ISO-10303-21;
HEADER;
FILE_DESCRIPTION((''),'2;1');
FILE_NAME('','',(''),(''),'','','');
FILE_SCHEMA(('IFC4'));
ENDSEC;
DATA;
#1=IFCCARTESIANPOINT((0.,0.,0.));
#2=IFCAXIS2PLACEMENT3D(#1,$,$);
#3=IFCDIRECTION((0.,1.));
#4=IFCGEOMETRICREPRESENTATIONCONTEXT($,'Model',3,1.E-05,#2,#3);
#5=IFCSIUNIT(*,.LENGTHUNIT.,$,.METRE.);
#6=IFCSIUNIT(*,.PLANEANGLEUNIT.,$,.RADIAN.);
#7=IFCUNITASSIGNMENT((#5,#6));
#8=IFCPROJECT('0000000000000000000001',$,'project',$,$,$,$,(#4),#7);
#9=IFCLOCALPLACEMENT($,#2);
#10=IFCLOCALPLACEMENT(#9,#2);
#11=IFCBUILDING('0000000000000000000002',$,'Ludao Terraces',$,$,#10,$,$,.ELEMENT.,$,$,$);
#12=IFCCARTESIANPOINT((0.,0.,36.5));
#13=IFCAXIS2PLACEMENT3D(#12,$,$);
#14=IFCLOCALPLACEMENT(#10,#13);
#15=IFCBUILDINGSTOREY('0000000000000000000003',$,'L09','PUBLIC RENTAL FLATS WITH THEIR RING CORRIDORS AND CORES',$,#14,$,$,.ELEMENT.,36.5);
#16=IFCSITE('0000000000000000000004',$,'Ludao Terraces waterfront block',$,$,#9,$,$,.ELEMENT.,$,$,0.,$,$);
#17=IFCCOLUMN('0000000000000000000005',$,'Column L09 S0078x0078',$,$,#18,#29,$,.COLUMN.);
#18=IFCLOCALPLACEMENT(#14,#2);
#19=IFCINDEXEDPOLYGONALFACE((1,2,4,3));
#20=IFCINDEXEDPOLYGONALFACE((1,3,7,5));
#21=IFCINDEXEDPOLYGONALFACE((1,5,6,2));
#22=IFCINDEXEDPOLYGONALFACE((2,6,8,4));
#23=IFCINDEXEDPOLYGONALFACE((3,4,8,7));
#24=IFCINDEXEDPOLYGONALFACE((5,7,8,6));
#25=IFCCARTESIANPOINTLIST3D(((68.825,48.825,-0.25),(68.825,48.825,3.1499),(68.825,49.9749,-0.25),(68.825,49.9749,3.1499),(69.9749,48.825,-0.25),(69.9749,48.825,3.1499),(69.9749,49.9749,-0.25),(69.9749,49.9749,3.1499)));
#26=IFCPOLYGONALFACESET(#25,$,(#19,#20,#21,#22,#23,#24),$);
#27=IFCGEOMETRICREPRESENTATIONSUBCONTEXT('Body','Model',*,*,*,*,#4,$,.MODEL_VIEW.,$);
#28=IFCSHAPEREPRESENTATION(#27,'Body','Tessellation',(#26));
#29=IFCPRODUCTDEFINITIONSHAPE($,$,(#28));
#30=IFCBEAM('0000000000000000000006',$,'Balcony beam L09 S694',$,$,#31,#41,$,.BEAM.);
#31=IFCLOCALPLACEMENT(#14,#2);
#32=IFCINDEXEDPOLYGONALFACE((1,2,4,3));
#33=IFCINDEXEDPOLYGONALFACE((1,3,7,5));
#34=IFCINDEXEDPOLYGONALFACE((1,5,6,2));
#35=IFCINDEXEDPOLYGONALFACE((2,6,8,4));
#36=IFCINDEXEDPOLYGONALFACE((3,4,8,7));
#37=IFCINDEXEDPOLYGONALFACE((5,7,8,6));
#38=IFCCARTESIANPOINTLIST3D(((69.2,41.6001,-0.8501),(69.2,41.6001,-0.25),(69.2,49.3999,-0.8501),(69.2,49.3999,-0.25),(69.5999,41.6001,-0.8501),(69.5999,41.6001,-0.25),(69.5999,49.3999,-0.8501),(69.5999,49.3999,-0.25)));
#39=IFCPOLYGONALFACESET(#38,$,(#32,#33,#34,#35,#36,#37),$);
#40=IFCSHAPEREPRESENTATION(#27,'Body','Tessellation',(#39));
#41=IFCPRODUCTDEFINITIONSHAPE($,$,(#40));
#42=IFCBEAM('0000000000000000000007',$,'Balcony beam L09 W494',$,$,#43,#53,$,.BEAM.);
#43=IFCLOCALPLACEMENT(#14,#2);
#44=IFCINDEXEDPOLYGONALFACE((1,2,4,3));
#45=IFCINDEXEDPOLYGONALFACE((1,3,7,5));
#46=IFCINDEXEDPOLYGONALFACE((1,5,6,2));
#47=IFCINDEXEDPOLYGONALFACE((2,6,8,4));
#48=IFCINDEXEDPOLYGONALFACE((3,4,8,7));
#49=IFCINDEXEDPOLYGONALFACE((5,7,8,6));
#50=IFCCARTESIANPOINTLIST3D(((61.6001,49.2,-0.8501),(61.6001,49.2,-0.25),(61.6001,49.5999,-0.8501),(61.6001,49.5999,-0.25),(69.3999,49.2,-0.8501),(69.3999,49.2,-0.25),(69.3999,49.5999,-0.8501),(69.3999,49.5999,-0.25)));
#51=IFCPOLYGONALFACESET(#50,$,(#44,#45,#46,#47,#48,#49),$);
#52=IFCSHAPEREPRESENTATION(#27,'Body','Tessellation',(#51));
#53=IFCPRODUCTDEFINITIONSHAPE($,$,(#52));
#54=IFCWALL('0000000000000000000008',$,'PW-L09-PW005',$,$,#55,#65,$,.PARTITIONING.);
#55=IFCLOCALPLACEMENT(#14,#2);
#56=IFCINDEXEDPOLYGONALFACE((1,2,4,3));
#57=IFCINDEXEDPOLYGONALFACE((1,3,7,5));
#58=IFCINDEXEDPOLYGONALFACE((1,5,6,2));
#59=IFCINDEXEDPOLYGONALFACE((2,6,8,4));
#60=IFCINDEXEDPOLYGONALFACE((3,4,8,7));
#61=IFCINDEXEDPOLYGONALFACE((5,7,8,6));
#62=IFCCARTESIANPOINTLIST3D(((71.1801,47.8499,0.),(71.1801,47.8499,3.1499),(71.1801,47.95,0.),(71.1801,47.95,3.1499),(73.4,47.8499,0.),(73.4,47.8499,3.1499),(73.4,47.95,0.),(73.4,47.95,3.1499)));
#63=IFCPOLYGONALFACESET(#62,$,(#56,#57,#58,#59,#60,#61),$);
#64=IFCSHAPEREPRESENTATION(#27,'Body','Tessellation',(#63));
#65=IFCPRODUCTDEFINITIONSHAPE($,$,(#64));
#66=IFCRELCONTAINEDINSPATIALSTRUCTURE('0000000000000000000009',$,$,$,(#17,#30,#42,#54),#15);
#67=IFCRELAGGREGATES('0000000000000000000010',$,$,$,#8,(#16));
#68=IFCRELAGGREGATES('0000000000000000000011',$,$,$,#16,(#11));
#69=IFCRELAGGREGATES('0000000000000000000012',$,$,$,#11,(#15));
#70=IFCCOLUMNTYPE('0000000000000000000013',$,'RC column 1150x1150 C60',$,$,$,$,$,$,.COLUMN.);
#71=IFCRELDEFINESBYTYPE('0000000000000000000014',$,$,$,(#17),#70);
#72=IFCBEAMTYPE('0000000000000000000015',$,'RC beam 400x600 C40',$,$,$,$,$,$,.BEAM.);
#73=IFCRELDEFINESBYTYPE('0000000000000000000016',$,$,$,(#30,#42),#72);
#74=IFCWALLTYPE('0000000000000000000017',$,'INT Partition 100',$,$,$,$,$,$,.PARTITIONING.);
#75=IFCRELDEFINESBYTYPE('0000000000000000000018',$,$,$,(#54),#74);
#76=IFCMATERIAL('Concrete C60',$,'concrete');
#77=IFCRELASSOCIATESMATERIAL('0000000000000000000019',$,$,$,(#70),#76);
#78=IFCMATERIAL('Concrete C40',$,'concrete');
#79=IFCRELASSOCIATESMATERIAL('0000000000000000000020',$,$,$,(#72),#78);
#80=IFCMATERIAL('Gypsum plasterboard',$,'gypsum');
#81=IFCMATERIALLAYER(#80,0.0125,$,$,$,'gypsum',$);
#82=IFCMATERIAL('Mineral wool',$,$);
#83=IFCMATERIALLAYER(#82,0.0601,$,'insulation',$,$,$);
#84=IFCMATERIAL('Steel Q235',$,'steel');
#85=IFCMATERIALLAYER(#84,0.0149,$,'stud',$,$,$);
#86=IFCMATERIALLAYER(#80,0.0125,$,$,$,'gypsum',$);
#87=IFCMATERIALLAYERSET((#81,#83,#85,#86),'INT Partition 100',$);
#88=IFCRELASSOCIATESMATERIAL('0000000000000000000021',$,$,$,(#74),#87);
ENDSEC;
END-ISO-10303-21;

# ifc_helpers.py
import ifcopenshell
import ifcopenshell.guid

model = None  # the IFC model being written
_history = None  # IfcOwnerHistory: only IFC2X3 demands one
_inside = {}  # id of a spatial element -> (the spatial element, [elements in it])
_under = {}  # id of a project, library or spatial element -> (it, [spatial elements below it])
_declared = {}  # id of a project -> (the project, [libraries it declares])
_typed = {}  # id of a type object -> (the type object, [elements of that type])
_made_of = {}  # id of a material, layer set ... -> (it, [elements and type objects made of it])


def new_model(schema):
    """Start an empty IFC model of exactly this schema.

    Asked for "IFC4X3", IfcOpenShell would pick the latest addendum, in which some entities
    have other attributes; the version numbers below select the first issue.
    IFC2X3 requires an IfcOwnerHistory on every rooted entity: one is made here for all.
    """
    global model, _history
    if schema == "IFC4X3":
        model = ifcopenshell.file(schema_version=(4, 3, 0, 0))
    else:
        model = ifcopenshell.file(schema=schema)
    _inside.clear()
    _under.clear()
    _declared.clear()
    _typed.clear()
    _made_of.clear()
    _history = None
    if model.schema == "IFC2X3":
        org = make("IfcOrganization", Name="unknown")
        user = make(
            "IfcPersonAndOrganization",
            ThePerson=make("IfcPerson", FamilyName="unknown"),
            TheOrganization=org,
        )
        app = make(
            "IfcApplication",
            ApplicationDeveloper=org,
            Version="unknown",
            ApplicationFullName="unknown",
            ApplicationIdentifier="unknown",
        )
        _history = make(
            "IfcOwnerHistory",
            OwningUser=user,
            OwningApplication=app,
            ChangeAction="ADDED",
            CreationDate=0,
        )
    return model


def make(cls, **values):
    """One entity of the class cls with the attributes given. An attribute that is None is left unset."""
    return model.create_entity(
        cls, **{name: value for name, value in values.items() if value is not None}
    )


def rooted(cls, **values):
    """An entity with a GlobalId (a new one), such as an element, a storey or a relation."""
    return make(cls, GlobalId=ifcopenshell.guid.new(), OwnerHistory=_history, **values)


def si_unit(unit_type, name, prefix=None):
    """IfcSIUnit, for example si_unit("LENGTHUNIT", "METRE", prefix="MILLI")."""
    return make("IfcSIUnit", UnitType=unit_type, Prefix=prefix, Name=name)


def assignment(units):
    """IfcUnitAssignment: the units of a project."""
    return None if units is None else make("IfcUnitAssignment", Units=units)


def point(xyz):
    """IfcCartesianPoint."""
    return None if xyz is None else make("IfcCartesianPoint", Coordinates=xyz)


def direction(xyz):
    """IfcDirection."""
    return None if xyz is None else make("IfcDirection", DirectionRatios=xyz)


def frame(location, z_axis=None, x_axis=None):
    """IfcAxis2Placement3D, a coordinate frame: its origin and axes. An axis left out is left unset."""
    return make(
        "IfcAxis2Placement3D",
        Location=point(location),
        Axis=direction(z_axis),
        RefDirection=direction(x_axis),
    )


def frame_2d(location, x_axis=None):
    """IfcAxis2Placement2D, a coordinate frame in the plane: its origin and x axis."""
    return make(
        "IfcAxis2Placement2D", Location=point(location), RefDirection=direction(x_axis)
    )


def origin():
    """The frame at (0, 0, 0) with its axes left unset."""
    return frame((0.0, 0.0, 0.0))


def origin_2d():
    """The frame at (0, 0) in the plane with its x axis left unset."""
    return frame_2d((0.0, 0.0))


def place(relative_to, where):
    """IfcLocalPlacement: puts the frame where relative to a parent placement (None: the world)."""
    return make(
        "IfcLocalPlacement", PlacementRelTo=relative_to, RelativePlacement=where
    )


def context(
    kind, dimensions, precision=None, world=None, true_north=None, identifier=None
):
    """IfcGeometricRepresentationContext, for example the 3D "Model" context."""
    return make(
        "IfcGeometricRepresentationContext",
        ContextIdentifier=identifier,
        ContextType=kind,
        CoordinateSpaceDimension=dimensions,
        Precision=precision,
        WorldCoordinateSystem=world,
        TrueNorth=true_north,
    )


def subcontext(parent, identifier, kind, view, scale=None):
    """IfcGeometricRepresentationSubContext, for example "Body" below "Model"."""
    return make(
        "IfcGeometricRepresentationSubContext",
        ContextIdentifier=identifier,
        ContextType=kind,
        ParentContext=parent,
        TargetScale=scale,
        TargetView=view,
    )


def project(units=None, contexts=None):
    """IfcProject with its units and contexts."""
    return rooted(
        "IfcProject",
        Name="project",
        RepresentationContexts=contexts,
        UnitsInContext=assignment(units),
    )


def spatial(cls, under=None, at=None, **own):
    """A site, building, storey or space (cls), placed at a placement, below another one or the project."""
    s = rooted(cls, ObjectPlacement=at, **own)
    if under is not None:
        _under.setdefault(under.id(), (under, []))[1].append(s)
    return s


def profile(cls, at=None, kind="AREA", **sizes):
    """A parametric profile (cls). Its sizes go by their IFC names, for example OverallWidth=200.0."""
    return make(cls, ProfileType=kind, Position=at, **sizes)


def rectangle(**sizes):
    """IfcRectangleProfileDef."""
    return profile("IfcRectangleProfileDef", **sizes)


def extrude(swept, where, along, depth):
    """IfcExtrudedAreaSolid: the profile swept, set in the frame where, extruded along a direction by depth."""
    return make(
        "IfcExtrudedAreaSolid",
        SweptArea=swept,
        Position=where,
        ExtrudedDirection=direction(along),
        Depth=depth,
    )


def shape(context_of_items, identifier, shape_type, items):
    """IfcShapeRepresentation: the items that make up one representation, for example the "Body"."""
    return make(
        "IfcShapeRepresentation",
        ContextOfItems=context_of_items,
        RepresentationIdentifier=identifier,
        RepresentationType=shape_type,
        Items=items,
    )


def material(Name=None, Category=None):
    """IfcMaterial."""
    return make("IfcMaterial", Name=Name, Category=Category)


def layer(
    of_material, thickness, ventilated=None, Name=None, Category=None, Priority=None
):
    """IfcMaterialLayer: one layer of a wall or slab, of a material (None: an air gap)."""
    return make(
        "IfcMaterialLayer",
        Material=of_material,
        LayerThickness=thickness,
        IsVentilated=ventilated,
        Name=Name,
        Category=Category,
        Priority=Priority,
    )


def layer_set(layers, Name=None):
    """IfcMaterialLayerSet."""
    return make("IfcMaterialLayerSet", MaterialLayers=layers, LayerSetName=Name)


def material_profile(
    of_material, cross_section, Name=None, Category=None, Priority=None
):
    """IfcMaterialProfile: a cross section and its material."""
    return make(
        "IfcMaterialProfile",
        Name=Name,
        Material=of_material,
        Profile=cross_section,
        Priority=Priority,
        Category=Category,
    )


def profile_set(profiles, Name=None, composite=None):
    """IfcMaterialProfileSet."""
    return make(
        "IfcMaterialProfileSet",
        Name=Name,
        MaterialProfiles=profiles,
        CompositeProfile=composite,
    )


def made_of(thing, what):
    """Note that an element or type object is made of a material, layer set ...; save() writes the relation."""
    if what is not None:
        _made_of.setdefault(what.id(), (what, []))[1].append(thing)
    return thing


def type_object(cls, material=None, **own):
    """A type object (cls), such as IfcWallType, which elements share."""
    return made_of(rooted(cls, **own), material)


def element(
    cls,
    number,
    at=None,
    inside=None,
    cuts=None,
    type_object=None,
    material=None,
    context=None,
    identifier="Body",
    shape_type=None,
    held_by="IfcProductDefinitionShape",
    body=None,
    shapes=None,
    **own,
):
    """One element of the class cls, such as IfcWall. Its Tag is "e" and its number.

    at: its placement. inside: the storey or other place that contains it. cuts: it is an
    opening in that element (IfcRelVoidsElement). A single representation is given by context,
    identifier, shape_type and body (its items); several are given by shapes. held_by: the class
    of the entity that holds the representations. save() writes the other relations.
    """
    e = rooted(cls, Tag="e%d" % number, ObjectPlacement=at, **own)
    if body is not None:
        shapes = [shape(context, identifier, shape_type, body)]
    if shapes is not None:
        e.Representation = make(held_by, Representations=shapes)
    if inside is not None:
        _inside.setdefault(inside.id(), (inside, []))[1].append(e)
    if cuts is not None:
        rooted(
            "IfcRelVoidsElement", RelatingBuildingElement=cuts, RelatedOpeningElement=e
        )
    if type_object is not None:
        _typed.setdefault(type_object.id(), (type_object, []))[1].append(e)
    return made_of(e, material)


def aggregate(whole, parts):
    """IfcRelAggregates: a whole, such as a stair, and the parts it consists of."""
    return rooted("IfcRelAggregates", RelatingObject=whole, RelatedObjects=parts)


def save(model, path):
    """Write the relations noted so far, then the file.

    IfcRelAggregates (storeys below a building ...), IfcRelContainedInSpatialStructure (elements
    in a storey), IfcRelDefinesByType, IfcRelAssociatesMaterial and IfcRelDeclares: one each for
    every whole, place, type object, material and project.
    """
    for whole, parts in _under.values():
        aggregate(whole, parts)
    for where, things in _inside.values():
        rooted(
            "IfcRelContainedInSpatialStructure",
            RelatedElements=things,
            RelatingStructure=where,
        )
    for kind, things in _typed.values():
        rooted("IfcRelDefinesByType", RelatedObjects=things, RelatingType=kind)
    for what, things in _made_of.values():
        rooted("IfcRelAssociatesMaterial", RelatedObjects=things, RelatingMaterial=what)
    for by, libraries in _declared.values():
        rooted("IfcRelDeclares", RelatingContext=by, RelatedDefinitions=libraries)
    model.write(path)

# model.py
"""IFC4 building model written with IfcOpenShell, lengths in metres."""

from ifc_helpers import new_model, si_unit, direction, frame, frame_2d, origin, origin_2d, place, context, subcontext, project, spatial, rectangle, extrude, material, layer, layer_set, material_profile, profile_set, type_object, element, save


model = new_model("IFC4")

# Units and contexts
model_context = context("Model", 3, precision=1e-05, world=origin(), true_north=direction((0.0, 1.0)))
body_context = subcontext(model_context, "Body", "Model", "MODEL_VIEW")
ifc_project = project(units=[si_unit("LENGTHUNIT", "METRE"), si_unit("PLANEANGLEUNIT", "RADIAN")], contexts=[model_context])

# Site, building, storey
site_placement = place(None, origin())
site = spatial("IfcSite", under=ifc_project, at=site_placement, Name="Ludao Terraces waterfront block", CompositionType="ELEMENT", RefElevation=0.0)
building_placement = place(site_placement, origin())
building = spatial("IfcBuilding", under=site, at=building_placement, Name="Ludao Terraces", CompositionType="ELEMENT")
storey_placement = place(building_placement, frame((0.0, 0.0, 36.5)))
storey = spatial("IfcBuildingStorey", under=building, at=storey_placement, Name="L09", Description="PUBLIC RENTAL FLATS WITH THEIR RING CORRIDORS AND CORES", CompositionType="ELEMENT", Elevation=36.5)

# Column
ifc_material_1 = material(Name="Concrete C60", Category="concrete")
ifc_material_profile_1 = material_profile(ifc_material_1, rectangle(XDim=1.1499, YDim=1.1499, at=origin_2d()), Name="1150 X 1150")
ifc_profile_set_1 = profile_set([ifc_material_profile_1], Name="Concrete C60")
column_type = type_object("IfcColumnType", Name="RC column 1150x1150 C60", PredefinedType="COLUMN", material=ifc_profile_set_1)
column_placement = place(storey_placement, frame((69.3999, 49.3999, -0.25), z_axis=(0.0, 0.0, 1.0), x_axis=(1.0, 0.0, 0.0)))
element("IfcColumn", 1, at=column_placement, inside=storey, type_object=column_type, Name="Column L09 S0078x0078", PredefinedType="COLUMN", context=body_context, shape_type="SweptSolid", body=[
    extrude(rectangle(XDim=1.1499, YDim=1.1499, at=origin_2d()), origin(), (0.0, 0.0, 1.0), 3.3999),
])

# Beams
ifc_material_2 = material(Name="Concrete C40", Category="concrete")
ifc_material_profile_2 = material_profile(ifc_material_2, rectangle(XDim=0.3999, YDim=0.6001, at=origin_2d()), Name="400 X 600")
ifc_profile_set_2 = profile_set([ifc_material_profile_2], Name="Concrete C40")
beam_type = type_object("IfcBeamType", Name="RC beam 400x600 C40", PredefinedType="BEAM", material=ifc_profile_set_2)
for number, where, z_axis, x_axis, name in (
    (2, (69.3999, 49.3999, -0.55), (0.0, -1.0, 0.0), (1.0, 0.0, 0.0), "Balcony beam L09 S694"),
    (3, (69.3999, 49.3999, -0.55), (-1.0, 0.0, 0.0), (0.0, -1.0, 0.0), "Balcony beam L09 W494"),
):
    element("IfcBeam", number, at=place(storey_placement, frame(where, z_axis=z_axis, x_axis=x_axis)), inside=storey, type_object=beam_type, Name=name, PredefinedType="BEAM", context=body_context, shape_type="SweptSolid", body=[
        extrude(rectangle(XDim=0.3999, YDim=0.6001, at=origin_2d()), origin(), (0.0, 0.0, 1.0), 7.7998),
    ])

# Wall
ifc_material_3 = material(Name="Gypsum plasterboard", Category="gypsum")
ifc_layer_1 = layer(ifc_material_3, 0.0125, Category="gypsum")
ifc_material_4 = material(Name="Mineral wool")
ifc_layer_2 = layer(ifc_material_4, 0.0601, Name="insulation")
ifc_material_5 = material(Name="Steel Q235", Category="steel")
ifc_layer_3 = layer(ifc_material_5, 0.0149, Name="stud")
ifc_layer_4 = layer(ifc_material_3, 0.0125, Category="gypsum")
ifc_layer_set = layer_set([ifc_layer_1, ifc_layer_2, ifc_layer_3, ifc_layer_4], Name="INT Partition 100")
wall_type = type_object("IfcWallType", Name="INT Partition 100", PredefinedType="PARTITIONING", material=ifc_layer_set)
wall_placement = place(storey_placement, frame((71.1802, 47.8999, 0.0), z_axis=(0.0, 0.0, 1.0), x_axis=(1.0, 0.0, 0.0)))
element("IfcWall", 4, at=wall_placement, inside=storey, type_object=wall_type, Name="PW-L09-PW005", PredefinedType="PARTITIONING", context=body_context, shape_type="SweptSolid", body=[
    extrude(rectangle(XDim=2.22, YDim=0.1001, at=frame_2d((1.1099, 0.0))), origin(), (0.0, 0.0, 1.0), 3.1499),
])

save(model, "model.ifc")
